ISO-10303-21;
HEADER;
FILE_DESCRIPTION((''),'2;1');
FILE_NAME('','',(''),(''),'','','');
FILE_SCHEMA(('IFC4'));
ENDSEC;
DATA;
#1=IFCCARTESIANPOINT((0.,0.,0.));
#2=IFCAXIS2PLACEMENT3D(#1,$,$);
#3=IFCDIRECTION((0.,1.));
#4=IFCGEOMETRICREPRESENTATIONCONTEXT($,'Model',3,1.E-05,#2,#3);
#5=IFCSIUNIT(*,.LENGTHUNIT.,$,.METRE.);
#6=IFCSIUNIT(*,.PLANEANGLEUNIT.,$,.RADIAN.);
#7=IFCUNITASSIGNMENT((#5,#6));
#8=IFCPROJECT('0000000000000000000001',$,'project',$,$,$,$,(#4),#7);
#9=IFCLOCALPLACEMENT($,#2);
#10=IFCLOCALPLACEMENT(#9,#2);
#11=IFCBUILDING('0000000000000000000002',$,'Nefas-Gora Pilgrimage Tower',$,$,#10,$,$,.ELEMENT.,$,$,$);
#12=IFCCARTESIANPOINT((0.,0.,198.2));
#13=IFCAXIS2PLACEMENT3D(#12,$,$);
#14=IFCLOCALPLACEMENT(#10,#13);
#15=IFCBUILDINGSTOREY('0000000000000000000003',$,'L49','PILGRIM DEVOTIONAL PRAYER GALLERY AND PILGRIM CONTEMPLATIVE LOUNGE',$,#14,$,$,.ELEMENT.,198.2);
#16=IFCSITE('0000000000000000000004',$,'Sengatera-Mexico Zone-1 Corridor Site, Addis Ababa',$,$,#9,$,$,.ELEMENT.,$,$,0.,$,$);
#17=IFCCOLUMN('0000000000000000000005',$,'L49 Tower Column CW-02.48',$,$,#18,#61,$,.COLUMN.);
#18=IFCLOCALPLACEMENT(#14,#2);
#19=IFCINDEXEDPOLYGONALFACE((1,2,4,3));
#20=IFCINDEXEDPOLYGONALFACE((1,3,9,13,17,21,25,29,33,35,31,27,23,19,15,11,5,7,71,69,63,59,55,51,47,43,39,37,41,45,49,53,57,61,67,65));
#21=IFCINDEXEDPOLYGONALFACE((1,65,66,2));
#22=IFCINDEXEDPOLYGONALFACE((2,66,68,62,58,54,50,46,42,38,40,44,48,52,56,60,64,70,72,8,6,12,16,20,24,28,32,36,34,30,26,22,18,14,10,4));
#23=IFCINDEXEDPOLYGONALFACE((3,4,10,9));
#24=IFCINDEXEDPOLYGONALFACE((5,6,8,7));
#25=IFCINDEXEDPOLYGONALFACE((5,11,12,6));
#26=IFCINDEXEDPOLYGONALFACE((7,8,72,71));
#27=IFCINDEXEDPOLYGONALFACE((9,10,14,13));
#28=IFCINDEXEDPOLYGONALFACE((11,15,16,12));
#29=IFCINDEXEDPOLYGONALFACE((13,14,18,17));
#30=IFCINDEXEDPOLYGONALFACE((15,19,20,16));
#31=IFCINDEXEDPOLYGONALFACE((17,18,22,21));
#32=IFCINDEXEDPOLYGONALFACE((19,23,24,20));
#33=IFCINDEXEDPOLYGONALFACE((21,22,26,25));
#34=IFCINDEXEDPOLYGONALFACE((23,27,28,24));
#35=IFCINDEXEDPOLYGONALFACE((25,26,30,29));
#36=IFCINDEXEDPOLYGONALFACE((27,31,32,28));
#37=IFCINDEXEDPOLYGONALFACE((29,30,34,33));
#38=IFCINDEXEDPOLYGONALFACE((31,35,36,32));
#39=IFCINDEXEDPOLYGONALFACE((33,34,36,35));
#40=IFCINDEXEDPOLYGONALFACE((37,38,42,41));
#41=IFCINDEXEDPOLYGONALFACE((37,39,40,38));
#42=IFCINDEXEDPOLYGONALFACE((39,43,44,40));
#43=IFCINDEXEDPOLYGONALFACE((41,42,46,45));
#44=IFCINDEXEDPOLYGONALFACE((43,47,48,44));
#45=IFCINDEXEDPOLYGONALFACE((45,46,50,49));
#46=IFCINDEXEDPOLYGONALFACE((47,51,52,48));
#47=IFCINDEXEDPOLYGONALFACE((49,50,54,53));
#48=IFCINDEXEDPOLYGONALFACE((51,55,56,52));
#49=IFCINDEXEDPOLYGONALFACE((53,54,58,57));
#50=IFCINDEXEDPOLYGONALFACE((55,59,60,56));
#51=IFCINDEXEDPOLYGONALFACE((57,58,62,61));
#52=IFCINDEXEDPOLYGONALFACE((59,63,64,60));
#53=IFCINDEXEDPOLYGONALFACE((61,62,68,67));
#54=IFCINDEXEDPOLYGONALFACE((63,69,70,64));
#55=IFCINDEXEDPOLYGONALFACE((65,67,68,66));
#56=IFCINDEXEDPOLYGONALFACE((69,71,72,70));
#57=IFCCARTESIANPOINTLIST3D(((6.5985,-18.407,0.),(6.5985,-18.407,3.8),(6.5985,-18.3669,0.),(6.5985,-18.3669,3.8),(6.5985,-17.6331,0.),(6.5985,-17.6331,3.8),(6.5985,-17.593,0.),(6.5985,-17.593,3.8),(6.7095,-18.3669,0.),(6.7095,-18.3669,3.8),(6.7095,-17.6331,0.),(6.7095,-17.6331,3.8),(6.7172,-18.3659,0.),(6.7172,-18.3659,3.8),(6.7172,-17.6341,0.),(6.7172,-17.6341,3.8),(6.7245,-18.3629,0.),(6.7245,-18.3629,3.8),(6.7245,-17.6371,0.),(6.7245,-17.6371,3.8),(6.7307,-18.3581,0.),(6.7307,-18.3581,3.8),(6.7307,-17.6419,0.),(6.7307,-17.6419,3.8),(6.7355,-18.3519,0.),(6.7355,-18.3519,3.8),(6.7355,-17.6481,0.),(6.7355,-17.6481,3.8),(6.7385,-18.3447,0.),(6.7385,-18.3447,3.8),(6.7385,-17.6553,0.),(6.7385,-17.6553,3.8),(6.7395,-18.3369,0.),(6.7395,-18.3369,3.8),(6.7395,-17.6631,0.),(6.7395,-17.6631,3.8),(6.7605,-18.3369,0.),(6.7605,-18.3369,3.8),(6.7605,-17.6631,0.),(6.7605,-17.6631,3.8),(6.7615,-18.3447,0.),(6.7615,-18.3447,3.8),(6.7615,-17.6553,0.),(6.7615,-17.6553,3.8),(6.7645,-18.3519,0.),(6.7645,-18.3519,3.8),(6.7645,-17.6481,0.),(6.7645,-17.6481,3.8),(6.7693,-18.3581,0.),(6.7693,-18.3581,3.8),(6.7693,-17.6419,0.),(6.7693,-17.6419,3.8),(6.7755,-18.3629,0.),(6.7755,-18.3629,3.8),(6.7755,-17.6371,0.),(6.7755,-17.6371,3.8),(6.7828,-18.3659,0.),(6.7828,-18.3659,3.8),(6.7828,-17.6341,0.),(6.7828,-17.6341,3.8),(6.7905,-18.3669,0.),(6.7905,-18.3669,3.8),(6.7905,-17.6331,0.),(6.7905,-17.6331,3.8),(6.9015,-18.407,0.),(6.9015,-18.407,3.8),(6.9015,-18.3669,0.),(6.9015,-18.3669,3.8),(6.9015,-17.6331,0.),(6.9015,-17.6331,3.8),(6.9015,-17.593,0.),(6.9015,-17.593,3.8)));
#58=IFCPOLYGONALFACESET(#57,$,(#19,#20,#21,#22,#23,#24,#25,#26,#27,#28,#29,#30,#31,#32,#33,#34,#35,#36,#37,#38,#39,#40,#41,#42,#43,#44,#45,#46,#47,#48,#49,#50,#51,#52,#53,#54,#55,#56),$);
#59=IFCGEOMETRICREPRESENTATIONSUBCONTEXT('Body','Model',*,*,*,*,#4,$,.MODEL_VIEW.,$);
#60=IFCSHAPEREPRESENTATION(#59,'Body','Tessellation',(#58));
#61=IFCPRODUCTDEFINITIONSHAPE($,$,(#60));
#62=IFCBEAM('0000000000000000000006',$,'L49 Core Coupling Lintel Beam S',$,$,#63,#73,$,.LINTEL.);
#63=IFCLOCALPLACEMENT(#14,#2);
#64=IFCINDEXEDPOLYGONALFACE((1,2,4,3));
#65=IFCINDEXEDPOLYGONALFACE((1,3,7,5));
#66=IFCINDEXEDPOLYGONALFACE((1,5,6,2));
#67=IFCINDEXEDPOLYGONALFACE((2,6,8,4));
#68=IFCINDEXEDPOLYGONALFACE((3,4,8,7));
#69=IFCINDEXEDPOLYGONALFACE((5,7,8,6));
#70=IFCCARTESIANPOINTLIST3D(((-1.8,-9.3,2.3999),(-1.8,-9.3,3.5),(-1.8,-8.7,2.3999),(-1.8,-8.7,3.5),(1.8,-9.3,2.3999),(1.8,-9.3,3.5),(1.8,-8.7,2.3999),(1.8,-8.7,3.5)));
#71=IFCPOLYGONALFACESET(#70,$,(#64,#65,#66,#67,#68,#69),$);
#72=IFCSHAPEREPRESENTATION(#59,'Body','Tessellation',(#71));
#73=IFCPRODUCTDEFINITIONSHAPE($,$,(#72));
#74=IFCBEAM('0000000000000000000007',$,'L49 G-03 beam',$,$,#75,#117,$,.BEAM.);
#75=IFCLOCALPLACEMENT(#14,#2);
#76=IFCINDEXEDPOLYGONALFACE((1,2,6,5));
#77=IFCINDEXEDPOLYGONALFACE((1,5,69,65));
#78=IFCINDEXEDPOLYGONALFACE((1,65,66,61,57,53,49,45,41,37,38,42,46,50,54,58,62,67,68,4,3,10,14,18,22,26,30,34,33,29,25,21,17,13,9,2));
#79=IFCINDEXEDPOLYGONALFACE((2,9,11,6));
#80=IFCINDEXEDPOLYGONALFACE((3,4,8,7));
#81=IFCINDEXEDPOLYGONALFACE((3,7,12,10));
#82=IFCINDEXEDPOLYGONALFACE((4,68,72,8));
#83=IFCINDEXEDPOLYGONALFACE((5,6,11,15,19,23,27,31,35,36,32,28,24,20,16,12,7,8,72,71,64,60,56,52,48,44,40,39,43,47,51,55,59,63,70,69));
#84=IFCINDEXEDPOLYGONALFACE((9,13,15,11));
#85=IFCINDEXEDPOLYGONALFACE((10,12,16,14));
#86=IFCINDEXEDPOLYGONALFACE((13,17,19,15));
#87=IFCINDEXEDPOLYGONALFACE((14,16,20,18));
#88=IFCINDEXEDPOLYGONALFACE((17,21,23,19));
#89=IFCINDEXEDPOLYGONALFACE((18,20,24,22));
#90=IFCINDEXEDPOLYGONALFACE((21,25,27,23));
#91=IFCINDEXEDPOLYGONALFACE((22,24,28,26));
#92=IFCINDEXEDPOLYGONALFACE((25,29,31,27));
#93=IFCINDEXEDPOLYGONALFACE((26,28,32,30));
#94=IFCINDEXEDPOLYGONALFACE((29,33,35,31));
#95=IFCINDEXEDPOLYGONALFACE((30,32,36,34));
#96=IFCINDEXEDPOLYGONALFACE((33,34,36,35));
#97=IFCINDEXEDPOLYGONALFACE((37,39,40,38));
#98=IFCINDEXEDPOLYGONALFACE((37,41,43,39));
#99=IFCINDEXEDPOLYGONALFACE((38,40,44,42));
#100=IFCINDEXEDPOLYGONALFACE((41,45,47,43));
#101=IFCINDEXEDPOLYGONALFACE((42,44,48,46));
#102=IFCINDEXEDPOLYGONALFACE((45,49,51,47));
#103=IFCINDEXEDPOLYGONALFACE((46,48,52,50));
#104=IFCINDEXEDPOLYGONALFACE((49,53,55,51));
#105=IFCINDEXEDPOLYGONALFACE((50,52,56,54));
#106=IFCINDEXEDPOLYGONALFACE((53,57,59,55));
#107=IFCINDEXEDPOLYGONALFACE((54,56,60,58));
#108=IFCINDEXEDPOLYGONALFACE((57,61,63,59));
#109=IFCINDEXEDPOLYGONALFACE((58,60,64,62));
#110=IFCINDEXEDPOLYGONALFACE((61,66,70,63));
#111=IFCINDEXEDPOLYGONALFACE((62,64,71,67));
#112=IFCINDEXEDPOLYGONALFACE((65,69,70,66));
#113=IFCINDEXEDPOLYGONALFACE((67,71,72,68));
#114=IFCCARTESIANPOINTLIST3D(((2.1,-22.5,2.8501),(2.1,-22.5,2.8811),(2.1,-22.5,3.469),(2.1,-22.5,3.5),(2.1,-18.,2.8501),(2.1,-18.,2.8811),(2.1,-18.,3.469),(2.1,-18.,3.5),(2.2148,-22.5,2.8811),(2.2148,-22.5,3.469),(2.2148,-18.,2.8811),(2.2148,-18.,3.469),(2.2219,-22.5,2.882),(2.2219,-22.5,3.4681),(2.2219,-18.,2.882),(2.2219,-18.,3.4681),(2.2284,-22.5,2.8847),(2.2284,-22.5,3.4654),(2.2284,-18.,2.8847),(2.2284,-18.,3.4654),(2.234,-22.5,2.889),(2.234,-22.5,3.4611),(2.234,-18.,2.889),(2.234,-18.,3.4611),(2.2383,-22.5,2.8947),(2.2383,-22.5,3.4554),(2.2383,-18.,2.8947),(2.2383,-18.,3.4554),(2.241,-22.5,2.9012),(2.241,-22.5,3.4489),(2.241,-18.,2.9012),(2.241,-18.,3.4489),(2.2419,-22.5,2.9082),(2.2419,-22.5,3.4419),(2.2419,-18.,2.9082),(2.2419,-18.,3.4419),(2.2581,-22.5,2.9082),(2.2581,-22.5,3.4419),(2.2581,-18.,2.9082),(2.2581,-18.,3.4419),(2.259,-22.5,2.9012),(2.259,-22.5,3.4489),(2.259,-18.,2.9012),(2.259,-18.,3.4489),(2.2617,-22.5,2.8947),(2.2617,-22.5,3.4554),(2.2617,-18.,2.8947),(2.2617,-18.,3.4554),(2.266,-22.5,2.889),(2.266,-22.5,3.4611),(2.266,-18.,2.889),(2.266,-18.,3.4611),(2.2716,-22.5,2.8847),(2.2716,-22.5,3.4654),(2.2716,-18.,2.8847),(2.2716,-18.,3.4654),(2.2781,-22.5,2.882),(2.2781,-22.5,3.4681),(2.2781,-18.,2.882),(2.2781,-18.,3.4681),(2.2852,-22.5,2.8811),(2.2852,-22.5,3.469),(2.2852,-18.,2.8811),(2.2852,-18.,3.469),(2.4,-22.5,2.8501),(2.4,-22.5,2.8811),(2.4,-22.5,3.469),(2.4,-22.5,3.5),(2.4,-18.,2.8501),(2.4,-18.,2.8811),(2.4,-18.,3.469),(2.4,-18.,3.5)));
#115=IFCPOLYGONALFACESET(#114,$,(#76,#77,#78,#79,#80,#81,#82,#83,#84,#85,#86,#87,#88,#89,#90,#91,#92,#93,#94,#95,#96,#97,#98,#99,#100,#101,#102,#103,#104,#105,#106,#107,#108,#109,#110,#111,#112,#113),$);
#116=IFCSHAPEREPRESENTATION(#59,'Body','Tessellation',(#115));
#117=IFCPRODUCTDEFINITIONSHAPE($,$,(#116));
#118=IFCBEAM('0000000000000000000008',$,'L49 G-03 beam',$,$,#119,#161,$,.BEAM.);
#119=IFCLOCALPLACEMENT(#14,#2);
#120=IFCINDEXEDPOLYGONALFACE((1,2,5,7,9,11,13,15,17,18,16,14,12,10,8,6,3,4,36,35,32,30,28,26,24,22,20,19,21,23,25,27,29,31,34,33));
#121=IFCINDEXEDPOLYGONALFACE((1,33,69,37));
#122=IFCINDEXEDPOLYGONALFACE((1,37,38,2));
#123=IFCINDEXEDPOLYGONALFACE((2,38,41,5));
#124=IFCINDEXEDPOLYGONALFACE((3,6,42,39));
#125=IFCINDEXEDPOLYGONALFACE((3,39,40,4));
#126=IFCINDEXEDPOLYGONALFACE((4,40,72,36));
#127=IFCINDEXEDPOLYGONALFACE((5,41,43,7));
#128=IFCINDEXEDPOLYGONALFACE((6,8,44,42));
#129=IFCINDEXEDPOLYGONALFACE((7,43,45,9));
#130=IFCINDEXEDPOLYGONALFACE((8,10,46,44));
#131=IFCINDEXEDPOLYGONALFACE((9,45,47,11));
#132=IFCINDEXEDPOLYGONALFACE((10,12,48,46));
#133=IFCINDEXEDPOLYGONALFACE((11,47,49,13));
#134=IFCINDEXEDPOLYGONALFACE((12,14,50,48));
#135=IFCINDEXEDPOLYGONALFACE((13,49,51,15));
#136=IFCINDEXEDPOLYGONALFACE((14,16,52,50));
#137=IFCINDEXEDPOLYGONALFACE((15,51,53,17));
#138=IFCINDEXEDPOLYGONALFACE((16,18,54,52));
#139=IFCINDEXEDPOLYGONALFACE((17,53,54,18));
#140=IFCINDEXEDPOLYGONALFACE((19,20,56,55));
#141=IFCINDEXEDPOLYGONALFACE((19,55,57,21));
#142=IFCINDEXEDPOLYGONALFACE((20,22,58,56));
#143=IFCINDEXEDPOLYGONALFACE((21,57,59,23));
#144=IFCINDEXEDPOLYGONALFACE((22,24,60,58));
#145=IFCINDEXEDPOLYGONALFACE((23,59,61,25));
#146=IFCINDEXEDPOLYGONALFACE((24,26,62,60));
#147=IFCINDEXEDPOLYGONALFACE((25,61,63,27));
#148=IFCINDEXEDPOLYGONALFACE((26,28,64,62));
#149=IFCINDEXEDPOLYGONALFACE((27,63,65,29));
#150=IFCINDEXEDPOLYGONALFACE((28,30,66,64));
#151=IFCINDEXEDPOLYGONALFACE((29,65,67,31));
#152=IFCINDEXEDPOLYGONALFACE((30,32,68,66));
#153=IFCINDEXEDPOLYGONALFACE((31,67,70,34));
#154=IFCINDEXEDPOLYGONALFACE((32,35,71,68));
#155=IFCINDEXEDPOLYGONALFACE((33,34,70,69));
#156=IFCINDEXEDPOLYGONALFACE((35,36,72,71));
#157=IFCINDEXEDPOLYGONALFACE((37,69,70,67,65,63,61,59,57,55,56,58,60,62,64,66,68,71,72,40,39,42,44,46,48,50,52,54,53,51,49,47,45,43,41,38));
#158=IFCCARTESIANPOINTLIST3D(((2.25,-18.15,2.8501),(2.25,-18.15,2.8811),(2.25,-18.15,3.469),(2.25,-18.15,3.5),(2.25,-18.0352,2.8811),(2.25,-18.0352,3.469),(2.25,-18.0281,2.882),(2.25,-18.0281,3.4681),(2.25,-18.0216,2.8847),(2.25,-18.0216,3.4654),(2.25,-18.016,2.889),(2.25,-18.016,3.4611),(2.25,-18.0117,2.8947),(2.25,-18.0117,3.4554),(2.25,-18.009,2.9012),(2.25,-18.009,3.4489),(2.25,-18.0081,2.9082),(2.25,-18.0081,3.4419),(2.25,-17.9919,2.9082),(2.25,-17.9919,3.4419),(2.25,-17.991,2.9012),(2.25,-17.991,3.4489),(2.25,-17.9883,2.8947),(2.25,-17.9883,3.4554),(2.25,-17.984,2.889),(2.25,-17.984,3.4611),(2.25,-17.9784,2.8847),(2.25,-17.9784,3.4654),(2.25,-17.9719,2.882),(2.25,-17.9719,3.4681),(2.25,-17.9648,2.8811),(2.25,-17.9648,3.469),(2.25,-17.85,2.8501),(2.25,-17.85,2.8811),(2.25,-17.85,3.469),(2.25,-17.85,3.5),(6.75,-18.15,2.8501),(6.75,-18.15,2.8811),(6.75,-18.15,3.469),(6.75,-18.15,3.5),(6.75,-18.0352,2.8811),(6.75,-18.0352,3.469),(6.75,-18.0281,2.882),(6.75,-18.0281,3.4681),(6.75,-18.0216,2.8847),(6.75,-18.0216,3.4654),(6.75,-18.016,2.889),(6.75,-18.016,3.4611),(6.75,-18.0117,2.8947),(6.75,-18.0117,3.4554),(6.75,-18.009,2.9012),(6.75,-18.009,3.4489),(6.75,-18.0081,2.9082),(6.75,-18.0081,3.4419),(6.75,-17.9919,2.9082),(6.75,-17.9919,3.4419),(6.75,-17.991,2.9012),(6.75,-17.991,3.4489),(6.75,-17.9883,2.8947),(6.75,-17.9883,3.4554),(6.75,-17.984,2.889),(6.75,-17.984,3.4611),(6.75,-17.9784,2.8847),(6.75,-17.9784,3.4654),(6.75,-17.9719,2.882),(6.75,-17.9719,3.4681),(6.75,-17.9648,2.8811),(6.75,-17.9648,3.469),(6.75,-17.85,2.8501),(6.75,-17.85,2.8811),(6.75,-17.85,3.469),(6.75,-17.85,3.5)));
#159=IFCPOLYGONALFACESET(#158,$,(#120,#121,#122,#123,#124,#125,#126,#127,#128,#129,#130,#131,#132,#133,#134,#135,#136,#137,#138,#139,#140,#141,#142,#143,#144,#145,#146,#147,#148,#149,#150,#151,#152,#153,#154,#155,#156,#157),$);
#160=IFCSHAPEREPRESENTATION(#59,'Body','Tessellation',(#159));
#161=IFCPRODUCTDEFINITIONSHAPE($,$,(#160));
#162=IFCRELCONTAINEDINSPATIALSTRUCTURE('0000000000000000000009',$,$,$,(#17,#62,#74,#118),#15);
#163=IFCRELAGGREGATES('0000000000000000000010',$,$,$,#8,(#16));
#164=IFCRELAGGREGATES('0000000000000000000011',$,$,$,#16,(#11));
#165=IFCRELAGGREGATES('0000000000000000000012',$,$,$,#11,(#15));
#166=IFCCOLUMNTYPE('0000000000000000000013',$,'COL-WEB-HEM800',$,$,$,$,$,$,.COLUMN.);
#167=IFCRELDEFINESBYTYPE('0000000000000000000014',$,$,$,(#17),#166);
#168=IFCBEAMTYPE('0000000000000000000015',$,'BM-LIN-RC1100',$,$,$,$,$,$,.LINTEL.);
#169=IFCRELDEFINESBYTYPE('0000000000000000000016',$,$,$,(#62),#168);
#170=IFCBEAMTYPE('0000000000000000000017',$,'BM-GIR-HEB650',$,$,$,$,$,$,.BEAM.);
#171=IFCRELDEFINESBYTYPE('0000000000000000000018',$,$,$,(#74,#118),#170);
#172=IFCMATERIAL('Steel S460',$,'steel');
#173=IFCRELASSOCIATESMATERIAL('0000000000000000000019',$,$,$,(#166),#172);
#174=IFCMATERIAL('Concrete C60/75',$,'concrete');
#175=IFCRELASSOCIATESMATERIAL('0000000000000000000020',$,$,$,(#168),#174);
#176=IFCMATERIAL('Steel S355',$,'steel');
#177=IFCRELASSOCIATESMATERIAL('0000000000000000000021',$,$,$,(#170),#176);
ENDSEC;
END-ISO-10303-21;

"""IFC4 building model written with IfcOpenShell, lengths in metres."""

from ifc_helpers import new_model, si_unit, direction, frame, origin, origin_2d, place, context, subcontext, project, spatial, rectangle, i_section, extrude, source, transform, mapped, material, material_profile, profile_set, type_object, element, save


model = new_model("IFC4")

# Units and contexts
model_context = context("Model", 3, precision=1e-05, world=origin(), true_north=direction((0.0, 1.0)))
body_context = subcontext(model_context, "Body", "Model", "MODEL_VIEW")
ifc_project = project(units=[si_unit("LENGTHUNIT", "METRE"), si_unit("PLANEANGLEUNIT", "RADIAN")], contexts=[model_context])

# Site, building, storey
site_placement = place(None, origin())
site = spatial("IfcSite", under=ifc_project, at=site_placement, Name="Sengatera-Mexico Zone-1 Corridor Site, Addis Ababa", CompositionType="ELEMENT", RefElevation=0.0)
building_placement = place(site_placement, origin())
building = spatial("IfcBuilding", under=site, at=building_placement, Name="Nefas-Gora Pilgrimage Tower", CompositionType="ELEMENT")
storey_placement = place(building_placement, frame((0.0, 0.0, 198.2)))
storey = spatial("IfcBuildingStorey", under=building, at=storey_placement, Name="L49", Description="PILGRIM DEVOTIONAL PRAYER GALLERY AND PILGRIM CONTEMPLATIVE LOUNGE", CompositionType="ELEMENT", Elevation=198.2)

# Column
ifc_material_1 = material(Name="Steel S460", Category="steel")
ifc_material_profile_1 = material_profile(ifc_material_1, i_section(OverallWidth=0.303, OverallDepth=0.814, WebThickness=0.021, FlangeThickness=0.04, FilletRadius=0.03, at=origin_2d()), Name="HEM 800")
ifc_profile_set_1 = profile_set([ifc_material_profile_1], Name="Steel S460")
column_type_1 = type_object("IfcColumnType", Name="COL-WEB-HEM800", PredefinedType="COLUMN", material=ifc_profile_set_1)
shared_shape_1 = source(origin(), body_context, "Body", "SweptSolid", [
    extrude(i_section(OverallWidth=0.303, OverallDepth=0.814, WebThickness=0.021, FlangeThickness=0.04, FilletRadius=0.03, at=origin_2d()), origin(), (0.0, 0.0, 1.0), 3.8),
])
for number, where, z_axis, x_axis, name in (
    (1, (6.75, -18.0, 0.0), (0.0, 0.0, 1.0), (1.0, 0.0, 0.0), "L49 Tower Column CW-02.48"),
):
    element("IfcColumn", number, at=place(storey_placement, frame(where, z_axis=z_axis, x_axis=x_axis)), inside=storey, type_object=column_type_1, Name=name, PredefinedType="COLUMN", context=body_context, shape_type="MappedRepresentation", body=[
        mapped(shared_shape_1, transform((0.0, 0.0, 0.0), x_axis=(1.0, 0.0, 0.0), y_axis=(0.0, 1.0, 0.0), z_axis=(0.0, 0.0, 1.0), scale=1.0)),
    ])

# Beams
ifc_material_2 = material(Name="Concrete C60/75", Category="concrete")
ifc_material_profile_2 = material_profile(ifc_material_2, rectangle(XDim=0.6001, YDim=1.1001, at=origin_2d()), Name="RC 600x1100")
ifc_profile_set_2 = profile_set([ifc_material_profile_2], Name="Concrete C60/75")
beam_type_1 = type_object("IfcBeamType", Name="BM-LIN-RC1100", PredefinedType="LINTEL", material=ifc_profile_set_2)
shared_shape_2 = source(origin(), body_context, "Body", "SweptSolid", [
    extrude(rectangle(XDim=0.6001, YDim=1.1001, at=origin_2d()), origin(), (0.0, 0.0, 1.0), 3.6001),
])
beam_placement = place(storey_placement, frame((-1.8, -9.0, 2.95), z_axis=(1.0, 0.0, 0.0), x_axis=(0.0, 1.0, 0.0)))
element("IfcBeam", 2, at=beam_placement, inside=storey, type_object=beam_type_1, Name="L49 Core Coupling Lintel Beam S", PredefinedType="LINTEL", context=body_context, shape_type="MappedRepresentation", body=[
    mapped(shared_shape_2, transform((0.0, 0.0, 0.0), x_axis=(1.0, 0.0, 0.0), y_axis=(0.0, 1.0, 0.0), z_axis=(0.0, 0.0, 1.0), scale=1.0)),
])
ifc_material_3 = material(Name="Steel S355", Category="steel")
ifc_material_profile_3 = material_profile(ifc_material_3, i_section(OverallWidth=0.3, OverallDepth=0.6499, WebThickness=0.0161, FlangeThickness=0.031, FilletRadius=0.0271, at=origin_2d()), Name="HEB 650")
ifc_profile_set_3 = profile_set([ifc_material_profile_3], Name="Steel S355")
beam_type_2 = type_object("IfcBeamType", Name="BM-GIR-HEB650", PredefinedType="BEAM", material=ifc_profile_set_3)
shared_shape_3 = source(origin(), body_context, "Body", "SweptSolid", [
    extrude(i_section(OverallWidth=0.3, OverallDepth=0.6499, WebThickness=0.0161, FlangeThickness=0.031, FilletRadius=0.0271, at=origin_2d()), origin(), (0.0, 0.0, 1.0), 4.5),
])
for number, where, z_axis, x_axis, name in (
    (3, (2.25, -22.5, 3.175), (0.0, 1.0, 0.0), (-1.0, 0.0, 0.0), "L49 G-03 beam"),
    (4, (2.25, -18.0, 3.175), (1.0, 0.0, 0.0), (0.0, 1.0, 0.0), "L49 G-03 beam"),
):
    element("IfcBeam", number, at=place(storey_placement, frame(where, z_axis=z_axis, x_axis=x_axis)), inside=storey, type_object=beam_type_2, Name=name, PredefinedType="BEAM", context=body_context, shape_type="MappedRepresentation", body=[
        mapped(shared_shape_3, transform((0.0, 0.0, 0.0), x_axis=(1.0, 0.0, 0.0), y_axis=(0.0, 1.0, 0.0), z_axis=(0.0, 0.0, 1.0), scale=1.0)),
    ])

save(model, "model.ifc")
